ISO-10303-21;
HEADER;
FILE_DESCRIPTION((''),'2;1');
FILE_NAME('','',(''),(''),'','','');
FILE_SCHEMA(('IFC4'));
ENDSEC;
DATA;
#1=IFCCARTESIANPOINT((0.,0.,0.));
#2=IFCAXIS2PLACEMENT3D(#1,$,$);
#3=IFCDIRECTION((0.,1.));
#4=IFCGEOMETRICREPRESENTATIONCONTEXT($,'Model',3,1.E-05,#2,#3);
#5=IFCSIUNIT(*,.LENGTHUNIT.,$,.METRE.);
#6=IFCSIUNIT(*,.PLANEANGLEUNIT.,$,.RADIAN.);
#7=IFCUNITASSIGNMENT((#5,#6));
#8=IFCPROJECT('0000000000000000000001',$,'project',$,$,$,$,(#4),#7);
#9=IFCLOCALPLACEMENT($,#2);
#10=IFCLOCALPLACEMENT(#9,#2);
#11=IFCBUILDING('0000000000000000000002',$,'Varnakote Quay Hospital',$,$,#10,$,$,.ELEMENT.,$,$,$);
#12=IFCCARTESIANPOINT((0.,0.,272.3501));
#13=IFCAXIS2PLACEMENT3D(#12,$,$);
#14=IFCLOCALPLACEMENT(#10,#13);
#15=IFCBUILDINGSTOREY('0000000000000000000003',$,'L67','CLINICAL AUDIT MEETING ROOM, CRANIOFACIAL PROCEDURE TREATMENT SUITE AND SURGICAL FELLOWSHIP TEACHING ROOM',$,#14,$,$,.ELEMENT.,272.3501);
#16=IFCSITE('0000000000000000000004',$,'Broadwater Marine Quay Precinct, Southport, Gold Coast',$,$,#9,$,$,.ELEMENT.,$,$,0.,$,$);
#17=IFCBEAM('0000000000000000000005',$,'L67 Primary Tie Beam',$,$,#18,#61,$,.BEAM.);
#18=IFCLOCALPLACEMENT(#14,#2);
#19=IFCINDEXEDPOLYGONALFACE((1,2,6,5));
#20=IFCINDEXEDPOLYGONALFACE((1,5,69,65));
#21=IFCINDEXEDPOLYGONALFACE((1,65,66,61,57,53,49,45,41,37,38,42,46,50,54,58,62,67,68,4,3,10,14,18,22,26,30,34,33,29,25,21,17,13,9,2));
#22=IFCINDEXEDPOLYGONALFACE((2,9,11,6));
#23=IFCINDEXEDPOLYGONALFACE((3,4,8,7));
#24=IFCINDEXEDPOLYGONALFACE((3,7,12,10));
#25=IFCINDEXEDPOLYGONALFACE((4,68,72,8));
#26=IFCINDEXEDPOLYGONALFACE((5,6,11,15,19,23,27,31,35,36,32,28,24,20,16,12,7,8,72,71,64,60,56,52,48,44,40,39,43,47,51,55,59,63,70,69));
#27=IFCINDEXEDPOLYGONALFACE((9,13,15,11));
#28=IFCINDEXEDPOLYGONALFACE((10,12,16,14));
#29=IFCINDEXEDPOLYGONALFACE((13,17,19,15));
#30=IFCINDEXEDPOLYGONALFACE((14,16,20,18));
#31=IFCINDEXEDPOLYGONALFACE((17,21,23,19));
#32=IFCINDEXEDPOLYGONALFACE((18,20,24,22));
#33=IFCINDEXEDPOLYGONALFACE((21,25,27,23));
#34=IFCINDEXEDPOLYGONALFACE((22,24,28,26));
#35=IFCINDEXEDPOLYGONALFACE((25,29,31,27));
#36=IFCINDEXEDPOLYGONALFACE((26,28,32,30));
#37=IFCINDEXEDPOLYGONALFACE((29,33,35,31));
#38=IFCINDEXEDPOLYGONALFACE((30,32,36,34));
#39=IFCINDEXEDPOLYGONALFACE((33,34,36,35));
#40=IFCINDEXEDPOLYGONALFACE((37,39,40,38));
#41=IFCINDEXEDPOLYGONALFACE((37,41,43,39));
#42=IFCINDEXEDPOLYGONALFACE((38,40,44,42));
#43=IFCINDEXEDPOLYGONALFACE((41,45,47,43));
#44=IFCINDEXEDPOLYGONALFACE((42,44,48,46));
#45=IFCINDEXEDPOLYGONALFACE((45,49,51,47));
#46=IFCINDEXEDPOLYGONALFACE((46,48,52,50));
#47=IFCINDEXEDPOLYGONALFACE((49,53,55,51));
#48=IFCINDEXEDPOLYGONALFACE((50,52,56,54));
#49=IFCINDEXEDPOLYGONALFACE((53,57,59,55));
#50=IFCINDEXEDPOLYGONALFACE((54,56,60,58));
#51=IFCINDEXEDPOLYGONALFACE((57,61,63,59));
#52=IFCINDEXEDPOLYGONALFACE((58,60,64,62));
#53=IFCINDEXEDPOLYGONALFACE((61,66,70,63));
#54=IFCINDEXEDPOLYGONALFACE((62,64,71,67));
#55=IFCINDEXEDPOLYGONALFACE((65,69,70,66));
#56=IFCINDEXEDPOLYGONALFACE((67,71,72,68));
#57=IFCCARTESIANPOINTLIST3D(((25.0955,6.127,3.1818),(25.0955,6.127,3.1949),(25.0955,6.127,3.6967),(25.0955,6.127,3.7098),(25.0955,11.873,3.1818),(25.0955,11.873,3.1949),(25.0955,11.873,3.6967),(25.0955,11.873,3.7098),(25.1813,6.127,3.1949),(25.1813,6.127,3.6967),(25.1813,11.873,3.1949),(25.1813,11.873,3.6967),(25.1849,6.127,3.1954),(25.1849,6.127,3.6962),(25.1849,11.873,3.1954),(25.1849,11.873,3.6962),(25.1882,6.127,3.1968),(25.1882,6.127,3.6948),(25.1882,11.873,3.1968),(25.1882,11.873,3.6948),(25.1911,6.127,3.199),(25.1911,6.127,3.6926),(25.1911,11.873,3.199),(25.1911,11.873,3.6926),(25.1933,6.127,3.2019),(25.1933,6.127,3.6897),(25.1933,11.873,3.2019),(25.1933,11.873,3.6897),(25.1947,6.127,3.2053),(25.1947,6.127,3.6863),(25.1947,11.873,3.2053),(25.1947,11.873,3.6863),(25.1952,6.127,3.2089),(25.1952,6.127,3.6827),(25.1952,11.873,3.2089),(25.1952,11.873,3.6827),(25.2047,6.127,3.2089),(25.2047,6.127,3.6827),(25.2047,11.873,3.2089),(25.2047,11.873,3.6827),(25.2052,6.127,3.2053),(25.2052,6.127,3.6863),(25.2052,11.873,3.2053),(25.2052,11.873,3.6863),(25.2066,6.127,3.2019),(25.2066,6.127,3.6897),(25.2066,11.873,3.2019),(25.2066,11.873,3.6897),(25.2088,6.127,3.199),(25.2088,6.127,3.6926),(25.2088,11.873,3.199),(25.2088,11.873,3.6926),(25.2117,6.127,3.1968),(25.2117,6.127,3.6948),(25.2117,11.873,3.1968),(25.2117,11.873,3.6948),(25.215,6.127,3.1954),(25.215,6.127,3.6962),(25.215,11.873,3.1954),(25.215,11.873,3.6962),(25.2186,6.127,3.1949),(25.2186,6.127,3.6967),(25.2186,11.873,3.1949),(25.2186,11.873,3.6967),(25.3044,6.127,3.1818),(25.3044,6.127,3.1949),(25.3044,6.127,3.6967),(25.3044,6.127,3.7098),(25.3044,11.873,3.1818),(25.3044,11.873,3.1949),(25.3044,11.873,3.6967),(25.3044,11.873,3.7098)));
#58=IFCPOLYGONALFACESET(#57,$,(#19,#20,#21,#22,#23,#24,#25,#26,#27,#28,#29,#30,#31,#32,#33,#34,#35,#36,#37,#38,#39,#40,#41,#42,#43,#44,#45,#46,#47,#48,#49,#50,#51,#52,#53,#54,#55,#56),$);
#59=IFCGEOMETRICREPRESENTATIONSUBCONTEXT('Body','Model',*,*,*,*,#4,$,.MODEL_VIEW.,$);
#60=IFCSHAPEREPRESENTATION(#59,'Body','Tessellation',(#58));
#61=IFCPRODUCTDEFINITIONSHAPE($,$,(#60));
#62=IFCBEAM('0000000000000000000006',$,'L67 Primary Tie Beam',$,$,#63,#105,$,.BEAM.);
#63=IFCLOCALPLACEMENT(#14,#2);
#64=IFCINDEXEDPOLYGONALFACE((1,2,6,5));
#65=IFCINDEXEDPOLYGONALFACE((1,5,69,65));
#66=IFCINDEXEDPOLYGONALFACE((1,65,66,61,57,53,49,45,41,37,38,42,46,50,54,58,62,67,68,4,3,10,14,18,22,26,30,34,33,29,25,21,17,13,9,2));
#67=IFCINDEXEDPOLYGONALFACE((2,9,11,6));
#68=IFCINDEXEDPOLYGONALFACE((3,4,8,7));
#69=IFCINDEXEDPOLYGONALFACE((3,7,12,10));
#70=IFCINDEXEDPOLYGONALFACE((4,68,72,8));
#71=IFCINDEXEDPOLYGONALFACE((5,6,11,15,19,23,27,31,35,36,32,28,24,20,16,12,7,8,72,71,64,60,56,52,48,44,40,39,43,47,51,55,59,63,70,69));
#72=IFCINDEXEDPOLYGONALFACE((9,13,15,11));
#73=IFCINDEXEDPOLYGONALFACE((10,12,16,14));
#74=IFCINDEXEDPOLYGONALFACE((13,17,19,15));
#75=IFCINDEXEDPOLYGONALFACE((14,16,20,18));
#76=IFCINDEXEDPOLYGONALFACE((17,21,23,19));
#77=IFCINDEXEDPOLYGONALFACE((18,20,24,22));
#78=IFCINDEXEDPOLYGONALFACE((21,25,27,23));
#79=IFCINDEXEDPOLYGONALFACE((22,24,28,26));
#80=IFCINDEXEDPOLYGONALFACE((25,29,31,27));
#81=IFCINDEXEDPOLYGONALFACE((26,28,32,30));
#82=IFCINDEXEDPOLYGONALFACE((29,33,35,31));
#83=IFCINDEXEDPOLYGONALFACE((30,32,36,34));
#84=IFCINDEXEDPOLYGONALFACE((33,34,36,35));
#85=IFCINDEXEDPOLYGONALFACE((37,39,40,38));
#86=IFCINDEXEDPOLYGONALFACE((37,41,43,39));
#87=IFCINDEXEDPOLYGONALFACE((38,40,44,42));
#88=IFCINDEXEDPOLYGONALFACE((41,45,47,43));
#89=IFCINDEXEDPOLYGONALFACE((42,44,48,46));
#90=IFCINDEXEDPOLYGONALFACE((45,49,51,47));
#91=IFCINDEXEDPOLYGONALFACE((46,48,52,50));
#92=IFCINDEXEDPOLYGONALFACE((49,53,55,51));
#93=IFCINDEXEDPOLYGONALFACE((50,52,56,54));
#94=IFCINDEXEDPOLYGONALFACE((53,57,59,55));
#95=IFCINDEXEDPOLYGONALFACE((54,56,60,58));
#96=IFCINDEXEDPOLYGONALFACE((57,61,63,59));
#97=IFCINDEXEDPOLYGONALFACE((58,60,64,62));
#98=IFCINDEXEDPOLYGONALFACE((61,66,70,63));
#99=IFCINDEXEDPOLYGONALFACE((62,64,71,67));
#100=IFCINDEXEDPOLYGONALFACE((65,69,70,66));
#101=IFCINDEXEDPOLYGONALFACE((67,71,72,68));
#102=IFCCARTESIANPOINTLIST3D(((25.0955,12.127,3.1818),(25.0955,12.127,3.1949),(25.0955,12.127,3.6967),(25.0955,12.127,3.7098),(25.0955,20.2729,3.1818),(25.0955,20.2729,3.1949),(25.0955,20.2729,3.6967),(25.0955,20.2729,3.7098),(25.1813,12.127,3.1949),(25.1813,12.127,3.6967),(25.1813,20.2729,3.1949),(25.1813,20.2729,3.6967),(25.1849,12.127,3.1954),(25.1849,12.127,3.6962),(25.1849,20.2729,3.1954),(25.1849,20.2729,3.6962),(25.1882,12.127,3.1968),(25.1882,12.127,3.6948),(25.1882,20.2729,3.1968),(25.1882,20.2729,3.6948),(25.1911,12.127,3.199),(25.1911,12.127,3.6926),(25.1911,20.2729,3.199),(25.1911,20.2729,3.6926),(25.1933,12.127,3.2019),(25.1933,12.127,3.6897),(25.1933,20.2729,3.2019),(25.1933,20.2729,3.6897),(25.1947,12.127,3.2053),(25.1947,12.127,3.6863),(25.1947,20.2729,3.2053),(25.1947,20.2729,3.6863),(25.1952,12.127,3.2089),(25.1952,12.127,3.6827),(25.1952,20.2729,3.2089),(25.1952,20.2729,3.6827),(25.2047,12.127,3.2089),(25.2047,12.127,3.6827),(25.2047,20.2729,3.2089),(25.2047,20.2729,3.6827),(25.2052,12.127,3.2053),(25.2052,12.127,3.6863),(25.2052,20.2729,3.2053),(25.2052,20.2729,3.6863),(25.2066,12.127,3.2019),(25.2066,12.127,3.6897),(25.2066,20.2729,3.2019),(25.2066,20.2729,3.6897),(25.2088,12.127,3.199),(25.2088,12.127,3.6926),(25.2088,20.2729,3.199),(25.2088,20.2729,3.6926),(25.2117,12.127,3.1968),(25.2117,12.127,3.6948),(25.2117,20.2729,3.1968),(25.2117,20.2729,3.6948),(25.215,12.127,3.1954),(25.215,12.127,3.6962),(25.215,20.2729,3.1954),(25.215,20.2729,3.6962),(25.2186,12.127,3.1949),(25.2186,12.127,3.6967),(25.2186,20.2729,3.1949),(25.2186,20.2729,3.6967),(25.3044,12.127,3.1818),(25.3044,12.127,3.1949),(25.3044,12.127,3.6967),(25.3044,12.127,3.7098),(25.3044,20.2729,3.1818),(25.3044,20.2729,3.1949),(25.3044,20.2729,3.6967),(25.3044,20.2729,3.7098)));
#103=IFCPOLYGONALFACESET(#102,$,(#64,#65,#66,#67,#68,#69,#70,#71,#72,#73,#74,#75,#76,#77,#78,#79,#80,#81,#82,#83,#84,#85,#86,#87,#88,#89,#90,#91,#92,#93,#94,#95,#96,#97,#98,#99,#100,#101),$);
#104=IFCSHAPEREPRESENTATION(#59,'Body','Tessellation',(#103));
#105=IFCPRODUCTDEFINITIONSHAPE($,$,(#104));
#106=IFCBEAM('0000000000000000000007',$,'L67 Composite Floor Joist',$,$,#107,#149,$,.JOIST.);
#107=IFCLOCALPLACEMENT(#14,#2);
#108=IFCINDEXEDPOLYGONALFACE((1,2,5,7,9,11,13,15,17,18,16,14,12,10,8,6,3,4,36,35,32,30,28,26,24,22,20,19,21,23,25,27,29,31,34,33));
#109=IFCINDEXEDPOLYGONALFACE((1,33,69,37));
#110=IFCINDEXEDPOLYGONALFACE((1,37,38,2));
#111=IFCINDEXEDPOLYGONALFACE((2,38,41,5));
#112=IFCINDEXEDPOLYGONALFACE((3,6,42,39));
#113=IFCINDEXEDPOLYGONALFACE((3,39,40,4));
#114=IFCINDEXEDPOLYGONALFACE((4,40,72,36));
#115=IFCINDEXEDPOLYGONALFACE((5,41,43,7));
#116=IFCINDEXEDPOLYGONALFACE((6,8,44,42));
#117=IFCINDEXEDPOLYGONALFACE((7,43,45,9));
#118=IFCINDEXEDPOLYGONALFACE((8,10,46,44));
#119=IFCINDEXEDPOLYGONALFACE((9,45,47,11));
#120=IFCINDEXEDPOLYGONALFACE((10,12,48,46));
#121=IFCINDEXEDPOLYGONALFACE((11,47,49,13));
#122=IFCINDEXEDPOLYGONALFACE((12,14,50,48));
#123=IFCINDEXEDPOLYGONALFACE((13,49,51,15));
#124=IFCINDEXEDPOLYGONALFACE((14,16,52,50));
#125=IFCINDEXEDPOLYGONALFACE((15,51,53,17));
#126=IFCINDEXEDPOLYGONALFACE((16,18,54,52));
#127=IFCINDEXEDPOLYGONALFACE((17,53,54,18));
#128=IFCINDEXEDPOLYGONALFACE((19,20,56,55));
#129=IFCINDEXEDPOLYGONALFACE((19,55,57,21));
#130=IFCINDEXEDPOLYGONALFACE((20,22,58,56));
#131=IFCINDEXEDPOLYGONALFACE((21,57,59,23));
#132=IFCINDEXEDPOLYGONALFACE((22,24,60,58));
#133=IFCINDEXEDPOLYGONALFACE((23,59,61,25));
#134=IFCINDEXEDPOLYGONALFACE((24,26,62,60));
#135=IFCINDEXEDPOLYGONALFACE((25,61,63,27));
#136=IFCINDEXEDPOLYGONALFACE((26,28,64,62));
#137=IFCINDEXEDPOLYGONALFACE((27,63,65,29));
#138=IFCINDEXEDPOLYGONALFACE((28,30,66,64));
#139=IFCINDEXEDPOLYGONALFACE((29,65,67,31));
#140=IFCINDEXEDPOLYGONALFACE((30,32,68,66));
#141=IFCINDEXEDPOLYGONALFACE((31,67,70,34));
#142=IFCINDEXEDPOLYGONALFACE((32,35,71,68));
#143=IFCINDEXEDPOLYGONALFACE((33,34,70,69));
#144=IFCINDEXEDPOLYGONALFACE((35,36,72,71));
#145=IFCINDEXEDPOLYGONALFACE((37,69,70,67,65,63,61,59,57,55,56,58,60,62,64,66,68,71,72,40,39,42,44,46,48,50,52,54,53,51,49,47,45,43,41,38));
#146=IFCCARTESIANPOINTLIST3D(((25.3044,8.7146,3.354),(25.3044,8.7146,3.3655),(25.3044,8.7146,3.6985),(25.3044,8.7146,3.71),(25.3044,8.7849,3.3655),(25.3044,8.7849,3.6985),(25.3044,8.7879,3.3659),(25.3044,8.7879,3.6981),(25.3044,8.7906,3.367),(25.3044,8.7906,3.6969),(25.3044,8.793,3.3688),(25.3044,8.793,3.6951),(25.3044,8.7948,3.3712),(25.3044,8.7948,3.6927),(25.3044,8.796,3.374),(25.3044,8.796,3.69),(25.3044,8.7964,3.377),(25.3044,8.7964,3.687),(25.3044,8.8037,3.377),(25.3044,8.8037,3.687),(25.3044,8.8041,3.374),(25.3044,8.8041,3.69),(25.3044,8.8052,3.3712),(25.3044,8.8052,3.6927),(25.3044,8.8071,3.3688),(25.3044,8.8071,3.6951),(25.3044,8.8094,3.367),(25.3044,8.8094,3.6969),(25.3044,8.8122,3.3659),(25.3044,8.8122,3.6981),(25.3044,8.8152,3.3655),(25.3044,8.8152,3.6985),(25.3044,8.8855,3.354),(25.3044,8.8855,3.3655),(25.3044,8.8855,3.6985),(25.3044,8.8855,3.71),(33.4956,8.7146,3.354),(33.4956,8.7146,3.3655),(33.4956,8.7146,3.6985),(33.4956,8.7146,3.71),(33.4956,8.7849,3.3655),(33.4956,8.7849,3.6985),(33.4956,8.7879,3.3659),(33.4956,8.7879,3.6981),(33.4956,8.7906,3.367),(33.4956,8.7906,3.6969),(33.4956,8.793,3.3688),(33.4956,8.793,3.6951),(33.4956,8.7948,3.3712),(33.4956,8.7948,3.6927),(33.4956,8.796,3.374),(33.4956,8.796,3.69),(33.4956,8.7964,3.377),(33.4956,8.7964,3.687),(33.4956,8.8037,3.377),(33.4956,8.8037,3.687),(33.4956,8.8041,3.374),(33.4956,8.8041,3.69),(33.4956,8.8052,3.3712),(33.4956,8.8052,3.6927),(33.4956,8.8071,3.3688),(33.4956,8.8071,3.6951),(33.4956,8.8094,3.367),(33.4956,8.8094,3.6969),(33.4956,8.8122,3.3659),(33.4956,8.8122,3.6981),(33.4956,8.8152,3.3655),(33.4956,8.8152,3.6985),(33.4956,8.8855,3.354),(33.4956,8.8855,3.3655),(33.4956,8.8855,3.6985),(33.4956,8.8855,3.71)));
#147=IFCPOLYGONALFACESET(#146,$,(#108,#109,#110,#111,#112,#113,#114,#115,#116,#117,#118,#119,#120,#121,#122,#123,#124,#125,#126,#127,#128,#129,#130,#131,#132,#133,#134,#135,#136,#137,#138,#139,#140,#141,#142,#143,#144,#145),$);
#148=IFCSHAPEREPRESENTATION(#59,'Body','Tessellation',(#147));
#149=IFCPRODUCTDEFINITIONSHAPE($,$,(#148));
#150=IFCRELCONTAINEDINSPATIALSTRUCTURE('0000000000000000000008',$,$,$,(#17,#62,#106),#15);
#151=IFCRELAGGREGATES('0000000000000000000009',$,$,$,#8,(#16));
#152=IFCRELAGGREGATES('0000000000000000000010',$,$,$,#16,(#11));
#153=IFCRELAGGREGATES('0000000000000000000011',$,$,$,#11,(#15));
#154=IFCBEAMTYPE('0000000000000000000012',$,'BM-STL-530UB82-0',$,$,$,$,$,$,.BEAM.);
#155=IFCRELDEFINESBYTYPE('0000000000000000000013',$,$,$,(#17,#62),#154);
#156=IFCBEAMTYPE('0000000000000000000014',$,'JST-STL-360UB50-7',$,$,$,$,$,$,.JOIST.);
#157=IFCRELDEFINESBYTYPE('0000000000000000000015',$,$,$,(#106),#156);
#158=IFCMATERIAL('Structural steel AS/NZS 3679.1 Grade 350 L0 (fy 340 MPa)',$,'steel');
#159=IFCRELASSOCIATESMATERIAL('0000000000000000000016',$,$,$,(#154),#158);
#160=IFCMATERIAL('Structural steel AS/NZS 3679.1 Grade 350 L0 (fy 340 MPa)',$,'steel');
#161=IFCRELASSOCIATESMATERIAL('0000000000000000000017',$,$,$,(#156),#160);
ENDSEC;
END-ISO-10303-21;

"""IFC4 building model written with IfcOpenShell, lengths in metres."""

from ifc_helpers import new_model, si_unit, direction, frame, origin, origin_2d, place, context, subcontext, project, spatial, i_section, extrude, material, material_profile, profile_set, type_object, element, save


model = new_model("IFC4")

# Units and contexts
model_context = context("Model", 3, precision=1e-05, world=origin(), true_north=direction((0.0, 1.0)))
body_context = subcontext(model_context, "Body", "Model", "MODEL_VIEW")
ifc_project = project(units=[si_unit("LENGTHUNIT", "METRE"), si_unit("PLANEANGLEUNIT", "RADIAN")], contexts=[model_context])

# Site, building, storey
site_placement = place(None, origin())
site = spatial("IfcSite", under=ifc_project, at=site_placement, Name="Broadwater Marine Quay Precinct, Southport, Gold Coast", CompositionType="ELEMENT", RefElevation=0.0)
building_placement = place(site_placement, origin())
building = spatial("IfcBuilding", under=site, at=building_placement, Name="Varnakote Quay Hospital", CompositionType="ELEMENT")
storey_placement = place(building_placement, frame((0.0, 0.0, 272.3501)))
storey = spatial("IfcBuildingStorey", under=building, at=storey_placement, Name="L67", Description="CLINICAL AUDIT MEETING ROOM, CRANIOFACIAL PROCEDURE TREATMENT SUITE AND SURGICAL FELLOWSHIP TEACHING ROOM", CompositionType="ELEMENT", Elevation=272.3501)

# Beams
ifc_material_1 = material(Name="Structural steel AS/NZS 3679.1 Grade 350 L0 (fy 340 MPa)", Category="steel")
ifc_material_profile_1 = material_profile(ifc_material_1, i_section(OverallWidth=0.209, OverallDepth=0.5281, WebThickness=0.0095, FlangeThickness=0.0132, FilletRadius=0.0139, at=origin_2d()), Name="530UB82.0")
ifc_profile_set_1 = profile_set([ifc_material_profile_1], Name="Structural steel AS/NZS 3679.1 Grade 350 L0 (fy 340 MPa)")
beam_type_1 = type_object("IfcBeamType", Name="BM-STL-530UB82-0", PredefinedType="BEAM", material=ifc_profile_set_1)
beam_1_placement = place(storey_placement, frame((25.2, 6.127, 3.4458), z_axis=(0.0, 1.0, 0.0), x_axis=(-1.0, 0.0, 0.0)))
element("IfcBeam", 1, at=beam_1_placement, inside=storey, type_object=beam_type_1, Name="L67 Primary Tie Beam", PredefinedType="BEAM", context=body_context, shape_type="SweptSolid", body=[
    extrude(i_section(OverallWidth=0.209, OverallDepth=0.5281, WebThickness=0.0095, FlangeThickness=0.0132, FilletRadius=0.0139, at=origin_2d()), origin(), (0.0, 0.0, 1.0), 5.7461),
])
beam_2_placement = place(storey_placement, frame((25.2, 12.127, 3.4458), z_axis=(0.0, 1.0, 0.0), x_axis=(-1.0, 0.0, 0.0)))
element("IfcBeam", 2, at=beam_2_placement, inside=storey, type_object=beam_type_1, Name="L67 Primary Tie Beam", PredefinedType="BEAM", context=body_context, shape_type="SweptSolid", body=[
    extrude(i_section(OverallWidth=0.209, OverallDepth=0.5281, WebThickness=0.0095, FlangeThickness=0.0132, FilletRadius=0.0139, at=origin_2d()), origin(), (0.0, 0.0, 1.0), 8.146),
])
ifc_material_2 = material(Name="Structural steel AS/NZS 3679.1 Grade 350 L0 (fy 340 MPa)", Category="steel")
ifc_material_profile_2 = material_profile(ifc_material_2, i_section(OverallWidth=0.1709, OverallDepth=0.356, WebThickness=0.0073, FlangeThickness=0.0115, FilletRadius=0.0115, at=origin_2d()), Name="360UB50.7")
ifc_profile_set_2 = profile_set([ifc_material_profile_2], Name="Structural steel AS/NZS 3679.1 Grade 350 L0 (fy 340 MPa)")
beam_type_2 = type_object("IfcBeamType", Name="JST-STL-360UB50-7", PredefinedType="JOIST", material=ifc_profile_set_2)
beam_3_placement = place(storey_placement, frame((25.3044, 8.8, 3.532), z_axis=(1.0, 0.0, 0.0), x_axis=(0.0, 1.0, 0.0)))
element("IfcBeam", 3, at=beam_3_placement, inside=storey, type_object=beam_type_2, Name="L67 Composite Floor Joist", PredefinedType="JOIST", context=body_context, shape_type="SweptSolid", body=[
    extrude(i_section(OverallWidth=0.1709, OverallDepth=0.356, WebThickness=0.0073, FlangeThickness=0.0115, FilletRadius=0.0115, at=origin_2d()), origin(), (0.0, 0.0, 1.0), 8.1912),
])

save(model, "model.ifc")
